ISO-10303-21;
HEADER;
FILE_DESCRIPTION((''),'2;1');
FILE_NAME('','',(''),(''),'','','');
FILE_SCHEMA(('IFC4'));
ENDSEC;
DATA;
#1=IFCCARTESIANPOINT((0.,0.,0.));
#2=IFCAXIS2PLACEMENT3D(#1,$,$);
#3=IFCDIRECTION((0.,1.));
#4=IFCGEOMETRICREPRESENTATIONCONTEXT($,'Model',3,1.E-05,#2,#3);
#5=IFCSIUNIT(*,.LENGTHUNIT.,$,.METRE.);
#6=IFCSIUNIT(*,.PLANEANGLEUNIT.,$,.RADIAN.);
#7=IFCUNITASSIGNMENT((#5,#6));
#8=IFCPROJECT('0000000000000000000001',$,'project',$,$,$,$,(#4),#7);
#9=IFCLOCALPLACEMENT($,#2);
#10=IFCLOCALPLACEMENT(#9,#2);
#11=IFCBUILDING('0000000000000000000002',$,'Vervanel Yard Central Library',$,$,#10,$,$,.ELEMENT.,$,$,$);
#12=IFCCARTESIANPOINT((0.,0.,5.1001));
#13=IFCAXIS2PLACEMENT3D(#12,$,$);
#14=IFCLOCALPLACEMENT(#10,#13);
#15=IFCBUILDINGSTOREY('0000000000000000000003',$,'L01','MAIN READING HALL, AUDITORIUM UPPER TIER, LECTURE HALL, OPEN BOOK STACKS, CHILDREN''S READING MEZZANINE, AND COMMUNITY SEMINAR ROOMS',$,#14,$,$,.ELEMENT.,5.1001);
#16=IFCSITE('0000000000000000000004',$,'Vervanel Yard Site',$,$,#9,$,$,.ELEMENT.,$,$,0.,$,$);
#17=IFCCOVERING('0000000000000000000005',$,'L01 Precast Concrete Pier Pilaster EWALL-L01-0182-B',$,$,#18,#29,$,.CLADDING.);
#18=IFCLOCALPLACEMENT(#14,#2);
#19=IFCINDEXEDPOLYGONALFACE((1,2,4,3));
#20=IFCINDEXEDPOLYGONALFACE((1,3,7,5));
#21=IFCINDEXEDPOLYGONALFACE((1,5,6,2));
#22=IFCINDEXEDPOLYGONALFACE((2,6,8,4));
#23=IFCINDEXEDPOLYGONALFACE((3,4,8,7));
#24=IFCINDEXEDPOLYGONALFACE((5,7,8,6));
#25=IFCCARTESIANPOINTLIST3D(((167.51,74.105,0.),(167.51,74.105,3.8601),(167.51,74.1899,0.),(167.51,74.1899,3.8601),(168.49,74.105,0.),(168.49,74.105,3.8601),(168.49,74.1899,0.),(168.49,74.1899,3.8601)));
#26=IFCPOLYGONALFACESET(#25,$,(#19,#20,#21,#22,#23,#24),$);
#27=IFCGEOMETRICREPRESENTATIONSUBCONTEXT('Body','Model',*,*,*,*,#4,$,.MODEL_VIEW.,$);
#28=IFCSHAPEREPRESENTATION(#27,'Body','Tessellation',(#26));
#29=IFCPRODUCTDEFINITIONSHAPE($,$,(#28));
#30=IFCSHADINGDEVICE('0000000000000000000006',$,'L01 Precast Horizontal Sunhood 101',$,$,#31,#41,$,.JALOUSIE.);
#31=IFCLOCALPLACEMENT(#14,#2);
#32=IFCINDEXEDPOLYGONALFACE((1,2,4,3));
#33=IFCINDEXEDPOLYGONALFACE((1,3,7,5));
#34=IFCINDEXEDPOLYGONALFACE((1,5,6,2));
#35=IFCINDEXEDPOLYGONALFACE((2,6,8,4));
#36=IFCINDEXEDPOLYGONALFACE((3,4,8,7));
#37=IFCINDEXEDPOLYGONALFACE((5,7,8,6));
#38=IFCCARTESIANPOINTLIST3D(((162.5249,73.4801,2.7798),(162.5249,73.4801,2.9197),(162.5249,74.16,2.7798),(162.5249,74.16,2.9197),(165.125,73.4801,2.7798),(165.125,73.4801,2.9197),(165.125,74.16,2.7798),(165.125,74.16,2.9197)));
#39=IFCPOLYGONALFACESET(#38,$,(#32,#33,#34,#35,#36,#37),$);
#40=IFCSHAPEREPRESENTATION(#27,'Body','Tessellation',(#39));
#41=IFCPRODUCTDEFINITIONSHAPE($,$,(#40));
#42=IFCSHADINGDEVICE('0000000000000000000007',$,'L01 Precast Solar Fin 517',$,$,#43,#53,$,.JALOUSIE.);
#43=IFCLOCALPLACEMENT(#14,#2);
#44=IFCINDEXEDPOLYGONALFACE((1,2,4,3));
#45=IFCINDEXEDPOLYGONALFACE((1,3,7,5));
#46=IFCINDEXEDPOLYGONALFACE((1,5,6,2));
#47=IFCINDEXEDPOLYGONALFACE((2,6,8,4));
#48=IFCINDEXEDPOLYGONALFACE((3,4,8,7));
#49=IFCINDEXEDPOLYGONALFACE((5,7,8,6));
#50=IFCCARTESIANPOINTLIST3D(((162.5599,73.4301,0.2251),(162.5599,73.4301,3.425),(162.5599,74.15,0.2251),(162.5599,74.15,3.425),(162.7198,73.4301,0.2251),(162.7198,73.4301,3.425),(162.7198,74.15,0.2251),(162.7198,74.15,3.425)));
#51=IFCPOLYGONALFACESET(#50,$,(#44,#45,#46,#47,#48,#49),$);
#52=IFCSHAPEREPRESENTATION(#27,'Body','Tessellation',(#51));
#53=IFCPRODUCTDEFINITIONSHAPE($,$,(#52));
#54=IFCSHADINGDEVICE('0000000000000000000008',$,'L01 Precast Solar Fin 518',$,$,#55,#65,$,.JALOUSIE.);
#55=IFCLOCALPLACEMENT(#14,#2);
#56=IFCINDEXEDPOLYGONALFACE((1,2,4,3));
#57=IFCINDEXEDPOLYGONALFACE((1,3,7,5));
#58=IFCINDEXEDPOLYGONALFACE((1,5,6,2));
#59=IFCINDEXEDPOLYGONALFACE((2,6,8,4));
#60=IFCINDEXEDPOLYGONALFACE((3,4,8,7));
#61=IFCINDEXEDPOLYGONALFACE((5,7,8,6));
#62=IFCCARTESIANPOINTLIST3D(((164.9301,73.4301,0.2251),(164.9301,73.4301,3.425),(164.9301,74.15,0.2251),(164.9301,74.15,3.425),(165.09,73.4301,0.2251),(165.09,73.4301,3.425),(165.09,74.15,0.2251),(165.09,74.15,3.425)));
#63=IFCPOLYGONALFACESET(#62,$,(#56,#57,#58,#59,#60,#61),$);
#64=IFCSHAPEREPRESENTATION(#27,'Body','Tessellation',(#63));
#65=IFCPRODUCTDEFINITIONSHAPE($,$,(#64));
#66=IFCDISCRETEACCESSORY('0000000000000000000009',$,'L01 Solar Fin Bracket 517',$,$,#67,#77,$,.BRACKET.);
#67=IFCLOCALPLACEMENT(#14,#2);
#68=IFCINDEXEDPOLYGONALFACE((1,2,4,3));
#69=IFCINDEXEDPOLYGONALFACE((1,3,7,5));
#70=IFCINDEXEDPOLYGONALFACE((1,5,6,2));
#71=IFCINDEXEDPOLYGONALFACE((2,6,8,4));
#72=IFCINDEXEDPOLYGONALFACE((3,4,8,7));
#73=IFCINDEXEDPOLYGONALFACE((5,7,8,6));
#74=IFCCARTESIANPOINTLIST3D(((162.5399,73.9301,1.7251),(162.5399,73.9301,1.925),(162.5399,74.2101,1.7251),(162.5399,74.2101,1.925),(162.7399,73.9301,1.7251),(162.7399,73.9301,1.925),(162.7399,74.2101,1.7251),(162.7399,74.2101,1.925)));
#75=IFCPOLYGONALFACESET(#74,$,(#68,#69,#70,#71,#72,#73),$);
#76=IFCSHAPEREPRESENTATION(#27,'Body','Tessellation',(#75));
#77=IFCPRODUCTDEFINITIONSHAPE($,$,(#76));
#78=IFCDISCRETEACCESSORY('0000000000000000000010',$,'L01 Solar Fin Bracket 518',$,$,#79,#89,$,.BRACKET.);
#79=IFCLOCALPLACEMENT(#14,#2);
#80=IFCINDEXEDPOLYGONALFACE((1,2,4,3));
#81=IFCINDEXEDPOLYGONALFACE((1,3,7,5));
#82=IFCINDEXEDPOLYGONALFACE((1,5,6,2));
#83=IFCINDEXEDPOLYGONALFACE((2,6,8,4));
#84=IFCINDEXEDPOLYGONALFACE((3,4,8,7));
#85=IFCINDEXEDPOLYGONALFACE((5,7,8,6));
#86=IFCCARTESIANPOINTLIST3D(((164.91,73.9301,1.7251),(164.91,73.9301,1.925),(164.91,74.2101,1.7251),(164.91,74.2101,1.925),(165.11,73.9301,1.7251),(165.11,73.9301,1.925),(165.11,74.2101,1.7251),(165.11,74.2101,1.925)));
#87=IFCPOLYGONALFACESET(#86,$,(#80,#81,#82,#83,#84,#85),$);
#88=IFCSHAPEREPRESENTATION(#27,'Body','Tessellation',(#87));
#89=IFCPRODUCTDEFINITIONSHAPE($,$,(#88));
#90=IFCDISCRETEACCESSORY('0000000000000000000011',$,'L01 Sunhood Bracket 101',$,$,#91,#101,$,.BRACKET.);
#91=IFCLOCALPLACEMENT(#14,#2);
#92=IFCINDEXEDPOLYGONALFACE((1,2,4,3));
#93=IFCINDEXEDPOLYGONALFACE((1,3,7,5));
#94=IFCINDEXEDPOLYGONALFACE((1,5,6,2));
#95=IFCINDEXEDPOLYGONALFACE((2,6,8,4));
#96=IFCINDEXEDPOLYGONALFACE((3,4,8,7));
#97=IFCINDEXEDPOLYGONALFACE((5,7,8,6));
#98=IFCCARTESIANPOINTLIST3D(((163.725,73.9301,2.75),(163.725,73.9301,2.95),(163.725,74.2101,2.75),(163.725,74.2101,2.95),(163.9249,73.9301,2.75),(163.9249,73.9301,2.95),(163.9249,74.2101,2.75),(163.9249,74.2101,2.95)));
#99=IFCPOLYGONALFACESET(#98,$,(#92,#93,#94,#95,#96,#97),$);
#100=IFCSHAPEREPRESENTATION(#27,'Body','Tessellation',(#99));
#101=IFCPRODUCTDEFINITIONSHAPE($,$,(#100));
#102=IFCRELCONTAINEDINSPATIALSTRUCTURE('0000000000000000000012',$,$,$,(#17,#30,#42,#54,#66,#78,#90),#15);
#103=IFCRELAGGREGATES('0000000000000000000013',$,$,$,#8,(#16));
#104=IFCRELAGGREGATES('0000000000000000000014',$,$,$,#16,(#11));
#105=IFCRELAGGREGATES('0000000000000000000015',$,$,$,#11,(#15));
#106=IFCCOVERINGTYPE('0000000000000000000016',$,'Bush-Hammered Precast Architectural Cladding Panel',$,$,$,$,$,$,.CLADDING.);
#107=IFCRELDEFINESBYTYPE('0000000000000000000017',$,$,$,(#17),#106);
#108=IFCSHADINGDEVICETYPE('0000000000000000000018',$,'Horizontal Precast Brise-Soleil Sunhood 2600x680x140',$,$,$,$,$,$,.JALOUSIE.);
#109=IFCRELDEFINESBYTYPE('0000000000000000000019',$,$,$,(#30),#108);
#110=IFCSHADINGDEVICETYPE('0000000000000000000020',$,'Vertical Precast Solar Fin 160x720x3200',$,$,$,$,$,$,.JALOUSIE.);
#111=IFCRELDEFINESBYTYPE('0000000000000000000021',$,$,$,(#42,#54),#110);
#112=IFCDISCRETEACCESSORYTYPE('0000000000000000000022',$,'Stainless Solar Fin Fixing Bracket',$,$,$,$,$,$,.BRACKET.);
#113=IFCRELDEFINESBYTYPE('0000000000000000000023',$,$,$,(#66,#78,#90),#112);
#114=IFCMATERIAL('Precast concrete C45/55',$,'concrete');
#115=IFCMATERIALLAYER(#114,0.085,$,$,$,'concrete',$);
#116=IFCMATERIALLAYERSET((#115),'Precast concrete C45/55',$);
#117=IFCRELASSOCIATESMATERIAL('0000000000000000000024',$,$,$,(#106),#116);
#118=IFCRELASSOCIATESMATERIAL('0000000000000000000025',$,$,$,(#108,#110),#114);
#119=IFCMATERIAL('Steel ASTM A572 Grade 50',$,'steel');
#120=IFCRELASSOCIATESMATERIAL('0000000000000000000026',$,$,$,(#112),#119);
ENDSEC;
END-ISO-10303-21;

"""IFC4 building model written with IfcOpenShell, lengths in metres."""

from ifc_helpers import new_model, si_unit, direction, frame, origin, origin_2d, place, context, subcontext, project, spatial, rectangle, extrude, material, layer, layer_set, type_object, element, save


model = new_model("IFC4")

# Units and contexts
model_context = context("Model", 3, precision=1e-05, world=origin(), true_north=direction((0.0, 1.0)))
body_context = subcontext(model_context, "Body", "Model", "MODEL_VIEW")
ifc_project = project(units=[si_unit("LENGTHUNIT", "METRE"), si_unit("PLANEANGLEUNIT", "RADIAN")], contexts=[model_context])

# Site, building, storey
site_placement = place(None, origin())
site = spatial("IfcSite", under=ifc_project, at=site_placement, Name="Vervanel Yard Site", CompositionType="ELEMENT", RefElevation=0.0)
building_placement = place(site_placement, origin())
building = spatial("IfcBuilding", under=site, at=building_placement, Name="Vervanel Yard Central Library", CompositionType="ELEMENT")
storey_placement = place(building_placement, frame((0.0, 0.0, 5.1001)))
storey = spatial("IfcBuildingStorey", under=building, at=storey_placement, Name="L01", Description="MAIN READING HALL, AUDITORIUM UPPER TIER, LECTURE HALL, OPEN BOOK STACKS, CHILDREN'S READING MEZZANINE, AND COMMUNITY SEMINAR ROOMS", CompositionType="ELEMENT", Elevation=5.1001)

# Covering
ifc_material_1 = material(Name="Precast concrete C45/55", Category="concrete")
ifc_layer_1 = layer(ifc_material_1, 0.085, Category="concrete")
ifc_layer_set_1 = layer_set([ifc_layer_1], Name="Precast concrete C45/55")
covering_type = type_object("IfcCoveringType", Name="Bush-Hammered Precast Architectural Cladding Panel", PredefinedType="CLADDING", material=ifc_layer_set_1)
for number, where, z_axis, x_axis, name in (
    (1, (168.0, 74.1475, 0.0), (0.0, 0.0, 1.0), (1.0, 0.0, 0.0), "L01 Precast Concrete Pier Pilaster EWALL-L01-0182-B"),
):
    element("IfcCovering", number, at=place(storey_placement, frame(where, z_axis=z_axis, x_axis=x_axis)), inside=storey, type_object=covering_type, Name=name, PredefinedType="CLADDING", context=body_context, shape_type="SweptSolid", body=[
        extrude(rectangle(XDim=0.98, YDim=0.085, at=origin_2d()), origin(), (0.0, 0.0, 1.0), 3.8601),
    ])

# Shading devices
shading_device_type_1 = type_object("IfcShadingDeviceType", Name="Horizontal Precast Brise-Soleil Sunhood 2600x680x140", PredefinedType="JALOUSIE", material=ifc_material_1)
shading_device_placement = place(storey_placement, frame((163.825, 73.8201, 2.7798), z_axis=(0.0, 0.0, 1.0), x_axis=(1.0, 0.0, 0.0)))
element("IfcShadingDevice", 2, at=shading_device_placement, inside=storey, type_object=shading_device_type_1, Name="L01 Precast Horizontal Sunhood 101", PredefinedType="JALOUSIE", context=body_context, shape_type="SweptSolid", body=[
    extrude(rectangle(XDim=2.6001, YDim=0.6799, at=origin_2d()), origin(), (0.0, 0.0, 1.0), 0.1399),
])
shading_device_type_2 = type_object("IfcShadingDeviceType", Name="Vertical Precast Solar Fin 160x720x3200", PredefinedType="JALOUSIE", material=ifc_material_1)
for number, where, z_axis, x_axis, name in (
    (3, (162.6399, 73.79, 0.2251), (0.0, 0.0, 1.0), (1.0, 0.0, 0.0), "L01 Precast Solar Fin 517"),
    (4, (165.01, 73.79, 0.2251), (0.0, 0.0, 1.0), (1.0, 0.0, 0.0), "L01 Precast Solar Fin 518"),
):
    element("IfcShadingDevice", number, at=place(storey_placement, frame(where, z_axis=z_axis, x_axis=x_axis)), inside=storey, type_object=shading_device_type_2, Name=name, PredefinedType="JALOUSIE", context=body_context, shape_type="SweptSolid", body=[
        extrude(rectangle(XDim=0.1599, YDim=0.72, at=origin_2d()), origin(), (0.0, 0.0, 1.0), 3.2),
    ])

# Discrete accessories
ifc_material_2 = material(Name="Steel ASTM A572 Grade 50", Category="steel")
discrete_accessory_type = type_object("IfcDiscreteAccessoryType", Name="Stainless Solar Fin Fixing Bracket", PredefinedType="BRACKET", material=ifc_material_2)
for number, where, z_axis, x_axis, name in (
    (5, (162.6399, 74.0701, 1.7251), (0.0, 0.0, 1.0), (1.0, 0.0, 0.0), "L01 Solar Fin Bracket 517"),
    (6, (165.01, 74.0701, 1.7251), (0.0, 0.0, 1.0), (1.0, 0.0, 0.0), "L01 Solar Fin Bracket 518"),
    (7, (163.825, 74.0701, 2.75), (0.0, 0.0, 1.0), (1.0, 0.0, 0.0), "L01 Sunhood Bracket 101"),
):
    element("IfcDiscreteAccessory", number, at=place(storey_placement, frame(where, z_axis=z_axis, x_axis=x_axis)), inside=storey, type_object=discrete_accessory_type, Name=name, PredefinedType="BRACKET", context=body_context, shape_type="SweptSolid", body=[
        extrude(rectangle(XDim=0.2, YDim=0.28, at=origin_2d()), origin(), (0.0, 0.0, 1.0), 0.2),
    ])

save(model, "model.ifc")
